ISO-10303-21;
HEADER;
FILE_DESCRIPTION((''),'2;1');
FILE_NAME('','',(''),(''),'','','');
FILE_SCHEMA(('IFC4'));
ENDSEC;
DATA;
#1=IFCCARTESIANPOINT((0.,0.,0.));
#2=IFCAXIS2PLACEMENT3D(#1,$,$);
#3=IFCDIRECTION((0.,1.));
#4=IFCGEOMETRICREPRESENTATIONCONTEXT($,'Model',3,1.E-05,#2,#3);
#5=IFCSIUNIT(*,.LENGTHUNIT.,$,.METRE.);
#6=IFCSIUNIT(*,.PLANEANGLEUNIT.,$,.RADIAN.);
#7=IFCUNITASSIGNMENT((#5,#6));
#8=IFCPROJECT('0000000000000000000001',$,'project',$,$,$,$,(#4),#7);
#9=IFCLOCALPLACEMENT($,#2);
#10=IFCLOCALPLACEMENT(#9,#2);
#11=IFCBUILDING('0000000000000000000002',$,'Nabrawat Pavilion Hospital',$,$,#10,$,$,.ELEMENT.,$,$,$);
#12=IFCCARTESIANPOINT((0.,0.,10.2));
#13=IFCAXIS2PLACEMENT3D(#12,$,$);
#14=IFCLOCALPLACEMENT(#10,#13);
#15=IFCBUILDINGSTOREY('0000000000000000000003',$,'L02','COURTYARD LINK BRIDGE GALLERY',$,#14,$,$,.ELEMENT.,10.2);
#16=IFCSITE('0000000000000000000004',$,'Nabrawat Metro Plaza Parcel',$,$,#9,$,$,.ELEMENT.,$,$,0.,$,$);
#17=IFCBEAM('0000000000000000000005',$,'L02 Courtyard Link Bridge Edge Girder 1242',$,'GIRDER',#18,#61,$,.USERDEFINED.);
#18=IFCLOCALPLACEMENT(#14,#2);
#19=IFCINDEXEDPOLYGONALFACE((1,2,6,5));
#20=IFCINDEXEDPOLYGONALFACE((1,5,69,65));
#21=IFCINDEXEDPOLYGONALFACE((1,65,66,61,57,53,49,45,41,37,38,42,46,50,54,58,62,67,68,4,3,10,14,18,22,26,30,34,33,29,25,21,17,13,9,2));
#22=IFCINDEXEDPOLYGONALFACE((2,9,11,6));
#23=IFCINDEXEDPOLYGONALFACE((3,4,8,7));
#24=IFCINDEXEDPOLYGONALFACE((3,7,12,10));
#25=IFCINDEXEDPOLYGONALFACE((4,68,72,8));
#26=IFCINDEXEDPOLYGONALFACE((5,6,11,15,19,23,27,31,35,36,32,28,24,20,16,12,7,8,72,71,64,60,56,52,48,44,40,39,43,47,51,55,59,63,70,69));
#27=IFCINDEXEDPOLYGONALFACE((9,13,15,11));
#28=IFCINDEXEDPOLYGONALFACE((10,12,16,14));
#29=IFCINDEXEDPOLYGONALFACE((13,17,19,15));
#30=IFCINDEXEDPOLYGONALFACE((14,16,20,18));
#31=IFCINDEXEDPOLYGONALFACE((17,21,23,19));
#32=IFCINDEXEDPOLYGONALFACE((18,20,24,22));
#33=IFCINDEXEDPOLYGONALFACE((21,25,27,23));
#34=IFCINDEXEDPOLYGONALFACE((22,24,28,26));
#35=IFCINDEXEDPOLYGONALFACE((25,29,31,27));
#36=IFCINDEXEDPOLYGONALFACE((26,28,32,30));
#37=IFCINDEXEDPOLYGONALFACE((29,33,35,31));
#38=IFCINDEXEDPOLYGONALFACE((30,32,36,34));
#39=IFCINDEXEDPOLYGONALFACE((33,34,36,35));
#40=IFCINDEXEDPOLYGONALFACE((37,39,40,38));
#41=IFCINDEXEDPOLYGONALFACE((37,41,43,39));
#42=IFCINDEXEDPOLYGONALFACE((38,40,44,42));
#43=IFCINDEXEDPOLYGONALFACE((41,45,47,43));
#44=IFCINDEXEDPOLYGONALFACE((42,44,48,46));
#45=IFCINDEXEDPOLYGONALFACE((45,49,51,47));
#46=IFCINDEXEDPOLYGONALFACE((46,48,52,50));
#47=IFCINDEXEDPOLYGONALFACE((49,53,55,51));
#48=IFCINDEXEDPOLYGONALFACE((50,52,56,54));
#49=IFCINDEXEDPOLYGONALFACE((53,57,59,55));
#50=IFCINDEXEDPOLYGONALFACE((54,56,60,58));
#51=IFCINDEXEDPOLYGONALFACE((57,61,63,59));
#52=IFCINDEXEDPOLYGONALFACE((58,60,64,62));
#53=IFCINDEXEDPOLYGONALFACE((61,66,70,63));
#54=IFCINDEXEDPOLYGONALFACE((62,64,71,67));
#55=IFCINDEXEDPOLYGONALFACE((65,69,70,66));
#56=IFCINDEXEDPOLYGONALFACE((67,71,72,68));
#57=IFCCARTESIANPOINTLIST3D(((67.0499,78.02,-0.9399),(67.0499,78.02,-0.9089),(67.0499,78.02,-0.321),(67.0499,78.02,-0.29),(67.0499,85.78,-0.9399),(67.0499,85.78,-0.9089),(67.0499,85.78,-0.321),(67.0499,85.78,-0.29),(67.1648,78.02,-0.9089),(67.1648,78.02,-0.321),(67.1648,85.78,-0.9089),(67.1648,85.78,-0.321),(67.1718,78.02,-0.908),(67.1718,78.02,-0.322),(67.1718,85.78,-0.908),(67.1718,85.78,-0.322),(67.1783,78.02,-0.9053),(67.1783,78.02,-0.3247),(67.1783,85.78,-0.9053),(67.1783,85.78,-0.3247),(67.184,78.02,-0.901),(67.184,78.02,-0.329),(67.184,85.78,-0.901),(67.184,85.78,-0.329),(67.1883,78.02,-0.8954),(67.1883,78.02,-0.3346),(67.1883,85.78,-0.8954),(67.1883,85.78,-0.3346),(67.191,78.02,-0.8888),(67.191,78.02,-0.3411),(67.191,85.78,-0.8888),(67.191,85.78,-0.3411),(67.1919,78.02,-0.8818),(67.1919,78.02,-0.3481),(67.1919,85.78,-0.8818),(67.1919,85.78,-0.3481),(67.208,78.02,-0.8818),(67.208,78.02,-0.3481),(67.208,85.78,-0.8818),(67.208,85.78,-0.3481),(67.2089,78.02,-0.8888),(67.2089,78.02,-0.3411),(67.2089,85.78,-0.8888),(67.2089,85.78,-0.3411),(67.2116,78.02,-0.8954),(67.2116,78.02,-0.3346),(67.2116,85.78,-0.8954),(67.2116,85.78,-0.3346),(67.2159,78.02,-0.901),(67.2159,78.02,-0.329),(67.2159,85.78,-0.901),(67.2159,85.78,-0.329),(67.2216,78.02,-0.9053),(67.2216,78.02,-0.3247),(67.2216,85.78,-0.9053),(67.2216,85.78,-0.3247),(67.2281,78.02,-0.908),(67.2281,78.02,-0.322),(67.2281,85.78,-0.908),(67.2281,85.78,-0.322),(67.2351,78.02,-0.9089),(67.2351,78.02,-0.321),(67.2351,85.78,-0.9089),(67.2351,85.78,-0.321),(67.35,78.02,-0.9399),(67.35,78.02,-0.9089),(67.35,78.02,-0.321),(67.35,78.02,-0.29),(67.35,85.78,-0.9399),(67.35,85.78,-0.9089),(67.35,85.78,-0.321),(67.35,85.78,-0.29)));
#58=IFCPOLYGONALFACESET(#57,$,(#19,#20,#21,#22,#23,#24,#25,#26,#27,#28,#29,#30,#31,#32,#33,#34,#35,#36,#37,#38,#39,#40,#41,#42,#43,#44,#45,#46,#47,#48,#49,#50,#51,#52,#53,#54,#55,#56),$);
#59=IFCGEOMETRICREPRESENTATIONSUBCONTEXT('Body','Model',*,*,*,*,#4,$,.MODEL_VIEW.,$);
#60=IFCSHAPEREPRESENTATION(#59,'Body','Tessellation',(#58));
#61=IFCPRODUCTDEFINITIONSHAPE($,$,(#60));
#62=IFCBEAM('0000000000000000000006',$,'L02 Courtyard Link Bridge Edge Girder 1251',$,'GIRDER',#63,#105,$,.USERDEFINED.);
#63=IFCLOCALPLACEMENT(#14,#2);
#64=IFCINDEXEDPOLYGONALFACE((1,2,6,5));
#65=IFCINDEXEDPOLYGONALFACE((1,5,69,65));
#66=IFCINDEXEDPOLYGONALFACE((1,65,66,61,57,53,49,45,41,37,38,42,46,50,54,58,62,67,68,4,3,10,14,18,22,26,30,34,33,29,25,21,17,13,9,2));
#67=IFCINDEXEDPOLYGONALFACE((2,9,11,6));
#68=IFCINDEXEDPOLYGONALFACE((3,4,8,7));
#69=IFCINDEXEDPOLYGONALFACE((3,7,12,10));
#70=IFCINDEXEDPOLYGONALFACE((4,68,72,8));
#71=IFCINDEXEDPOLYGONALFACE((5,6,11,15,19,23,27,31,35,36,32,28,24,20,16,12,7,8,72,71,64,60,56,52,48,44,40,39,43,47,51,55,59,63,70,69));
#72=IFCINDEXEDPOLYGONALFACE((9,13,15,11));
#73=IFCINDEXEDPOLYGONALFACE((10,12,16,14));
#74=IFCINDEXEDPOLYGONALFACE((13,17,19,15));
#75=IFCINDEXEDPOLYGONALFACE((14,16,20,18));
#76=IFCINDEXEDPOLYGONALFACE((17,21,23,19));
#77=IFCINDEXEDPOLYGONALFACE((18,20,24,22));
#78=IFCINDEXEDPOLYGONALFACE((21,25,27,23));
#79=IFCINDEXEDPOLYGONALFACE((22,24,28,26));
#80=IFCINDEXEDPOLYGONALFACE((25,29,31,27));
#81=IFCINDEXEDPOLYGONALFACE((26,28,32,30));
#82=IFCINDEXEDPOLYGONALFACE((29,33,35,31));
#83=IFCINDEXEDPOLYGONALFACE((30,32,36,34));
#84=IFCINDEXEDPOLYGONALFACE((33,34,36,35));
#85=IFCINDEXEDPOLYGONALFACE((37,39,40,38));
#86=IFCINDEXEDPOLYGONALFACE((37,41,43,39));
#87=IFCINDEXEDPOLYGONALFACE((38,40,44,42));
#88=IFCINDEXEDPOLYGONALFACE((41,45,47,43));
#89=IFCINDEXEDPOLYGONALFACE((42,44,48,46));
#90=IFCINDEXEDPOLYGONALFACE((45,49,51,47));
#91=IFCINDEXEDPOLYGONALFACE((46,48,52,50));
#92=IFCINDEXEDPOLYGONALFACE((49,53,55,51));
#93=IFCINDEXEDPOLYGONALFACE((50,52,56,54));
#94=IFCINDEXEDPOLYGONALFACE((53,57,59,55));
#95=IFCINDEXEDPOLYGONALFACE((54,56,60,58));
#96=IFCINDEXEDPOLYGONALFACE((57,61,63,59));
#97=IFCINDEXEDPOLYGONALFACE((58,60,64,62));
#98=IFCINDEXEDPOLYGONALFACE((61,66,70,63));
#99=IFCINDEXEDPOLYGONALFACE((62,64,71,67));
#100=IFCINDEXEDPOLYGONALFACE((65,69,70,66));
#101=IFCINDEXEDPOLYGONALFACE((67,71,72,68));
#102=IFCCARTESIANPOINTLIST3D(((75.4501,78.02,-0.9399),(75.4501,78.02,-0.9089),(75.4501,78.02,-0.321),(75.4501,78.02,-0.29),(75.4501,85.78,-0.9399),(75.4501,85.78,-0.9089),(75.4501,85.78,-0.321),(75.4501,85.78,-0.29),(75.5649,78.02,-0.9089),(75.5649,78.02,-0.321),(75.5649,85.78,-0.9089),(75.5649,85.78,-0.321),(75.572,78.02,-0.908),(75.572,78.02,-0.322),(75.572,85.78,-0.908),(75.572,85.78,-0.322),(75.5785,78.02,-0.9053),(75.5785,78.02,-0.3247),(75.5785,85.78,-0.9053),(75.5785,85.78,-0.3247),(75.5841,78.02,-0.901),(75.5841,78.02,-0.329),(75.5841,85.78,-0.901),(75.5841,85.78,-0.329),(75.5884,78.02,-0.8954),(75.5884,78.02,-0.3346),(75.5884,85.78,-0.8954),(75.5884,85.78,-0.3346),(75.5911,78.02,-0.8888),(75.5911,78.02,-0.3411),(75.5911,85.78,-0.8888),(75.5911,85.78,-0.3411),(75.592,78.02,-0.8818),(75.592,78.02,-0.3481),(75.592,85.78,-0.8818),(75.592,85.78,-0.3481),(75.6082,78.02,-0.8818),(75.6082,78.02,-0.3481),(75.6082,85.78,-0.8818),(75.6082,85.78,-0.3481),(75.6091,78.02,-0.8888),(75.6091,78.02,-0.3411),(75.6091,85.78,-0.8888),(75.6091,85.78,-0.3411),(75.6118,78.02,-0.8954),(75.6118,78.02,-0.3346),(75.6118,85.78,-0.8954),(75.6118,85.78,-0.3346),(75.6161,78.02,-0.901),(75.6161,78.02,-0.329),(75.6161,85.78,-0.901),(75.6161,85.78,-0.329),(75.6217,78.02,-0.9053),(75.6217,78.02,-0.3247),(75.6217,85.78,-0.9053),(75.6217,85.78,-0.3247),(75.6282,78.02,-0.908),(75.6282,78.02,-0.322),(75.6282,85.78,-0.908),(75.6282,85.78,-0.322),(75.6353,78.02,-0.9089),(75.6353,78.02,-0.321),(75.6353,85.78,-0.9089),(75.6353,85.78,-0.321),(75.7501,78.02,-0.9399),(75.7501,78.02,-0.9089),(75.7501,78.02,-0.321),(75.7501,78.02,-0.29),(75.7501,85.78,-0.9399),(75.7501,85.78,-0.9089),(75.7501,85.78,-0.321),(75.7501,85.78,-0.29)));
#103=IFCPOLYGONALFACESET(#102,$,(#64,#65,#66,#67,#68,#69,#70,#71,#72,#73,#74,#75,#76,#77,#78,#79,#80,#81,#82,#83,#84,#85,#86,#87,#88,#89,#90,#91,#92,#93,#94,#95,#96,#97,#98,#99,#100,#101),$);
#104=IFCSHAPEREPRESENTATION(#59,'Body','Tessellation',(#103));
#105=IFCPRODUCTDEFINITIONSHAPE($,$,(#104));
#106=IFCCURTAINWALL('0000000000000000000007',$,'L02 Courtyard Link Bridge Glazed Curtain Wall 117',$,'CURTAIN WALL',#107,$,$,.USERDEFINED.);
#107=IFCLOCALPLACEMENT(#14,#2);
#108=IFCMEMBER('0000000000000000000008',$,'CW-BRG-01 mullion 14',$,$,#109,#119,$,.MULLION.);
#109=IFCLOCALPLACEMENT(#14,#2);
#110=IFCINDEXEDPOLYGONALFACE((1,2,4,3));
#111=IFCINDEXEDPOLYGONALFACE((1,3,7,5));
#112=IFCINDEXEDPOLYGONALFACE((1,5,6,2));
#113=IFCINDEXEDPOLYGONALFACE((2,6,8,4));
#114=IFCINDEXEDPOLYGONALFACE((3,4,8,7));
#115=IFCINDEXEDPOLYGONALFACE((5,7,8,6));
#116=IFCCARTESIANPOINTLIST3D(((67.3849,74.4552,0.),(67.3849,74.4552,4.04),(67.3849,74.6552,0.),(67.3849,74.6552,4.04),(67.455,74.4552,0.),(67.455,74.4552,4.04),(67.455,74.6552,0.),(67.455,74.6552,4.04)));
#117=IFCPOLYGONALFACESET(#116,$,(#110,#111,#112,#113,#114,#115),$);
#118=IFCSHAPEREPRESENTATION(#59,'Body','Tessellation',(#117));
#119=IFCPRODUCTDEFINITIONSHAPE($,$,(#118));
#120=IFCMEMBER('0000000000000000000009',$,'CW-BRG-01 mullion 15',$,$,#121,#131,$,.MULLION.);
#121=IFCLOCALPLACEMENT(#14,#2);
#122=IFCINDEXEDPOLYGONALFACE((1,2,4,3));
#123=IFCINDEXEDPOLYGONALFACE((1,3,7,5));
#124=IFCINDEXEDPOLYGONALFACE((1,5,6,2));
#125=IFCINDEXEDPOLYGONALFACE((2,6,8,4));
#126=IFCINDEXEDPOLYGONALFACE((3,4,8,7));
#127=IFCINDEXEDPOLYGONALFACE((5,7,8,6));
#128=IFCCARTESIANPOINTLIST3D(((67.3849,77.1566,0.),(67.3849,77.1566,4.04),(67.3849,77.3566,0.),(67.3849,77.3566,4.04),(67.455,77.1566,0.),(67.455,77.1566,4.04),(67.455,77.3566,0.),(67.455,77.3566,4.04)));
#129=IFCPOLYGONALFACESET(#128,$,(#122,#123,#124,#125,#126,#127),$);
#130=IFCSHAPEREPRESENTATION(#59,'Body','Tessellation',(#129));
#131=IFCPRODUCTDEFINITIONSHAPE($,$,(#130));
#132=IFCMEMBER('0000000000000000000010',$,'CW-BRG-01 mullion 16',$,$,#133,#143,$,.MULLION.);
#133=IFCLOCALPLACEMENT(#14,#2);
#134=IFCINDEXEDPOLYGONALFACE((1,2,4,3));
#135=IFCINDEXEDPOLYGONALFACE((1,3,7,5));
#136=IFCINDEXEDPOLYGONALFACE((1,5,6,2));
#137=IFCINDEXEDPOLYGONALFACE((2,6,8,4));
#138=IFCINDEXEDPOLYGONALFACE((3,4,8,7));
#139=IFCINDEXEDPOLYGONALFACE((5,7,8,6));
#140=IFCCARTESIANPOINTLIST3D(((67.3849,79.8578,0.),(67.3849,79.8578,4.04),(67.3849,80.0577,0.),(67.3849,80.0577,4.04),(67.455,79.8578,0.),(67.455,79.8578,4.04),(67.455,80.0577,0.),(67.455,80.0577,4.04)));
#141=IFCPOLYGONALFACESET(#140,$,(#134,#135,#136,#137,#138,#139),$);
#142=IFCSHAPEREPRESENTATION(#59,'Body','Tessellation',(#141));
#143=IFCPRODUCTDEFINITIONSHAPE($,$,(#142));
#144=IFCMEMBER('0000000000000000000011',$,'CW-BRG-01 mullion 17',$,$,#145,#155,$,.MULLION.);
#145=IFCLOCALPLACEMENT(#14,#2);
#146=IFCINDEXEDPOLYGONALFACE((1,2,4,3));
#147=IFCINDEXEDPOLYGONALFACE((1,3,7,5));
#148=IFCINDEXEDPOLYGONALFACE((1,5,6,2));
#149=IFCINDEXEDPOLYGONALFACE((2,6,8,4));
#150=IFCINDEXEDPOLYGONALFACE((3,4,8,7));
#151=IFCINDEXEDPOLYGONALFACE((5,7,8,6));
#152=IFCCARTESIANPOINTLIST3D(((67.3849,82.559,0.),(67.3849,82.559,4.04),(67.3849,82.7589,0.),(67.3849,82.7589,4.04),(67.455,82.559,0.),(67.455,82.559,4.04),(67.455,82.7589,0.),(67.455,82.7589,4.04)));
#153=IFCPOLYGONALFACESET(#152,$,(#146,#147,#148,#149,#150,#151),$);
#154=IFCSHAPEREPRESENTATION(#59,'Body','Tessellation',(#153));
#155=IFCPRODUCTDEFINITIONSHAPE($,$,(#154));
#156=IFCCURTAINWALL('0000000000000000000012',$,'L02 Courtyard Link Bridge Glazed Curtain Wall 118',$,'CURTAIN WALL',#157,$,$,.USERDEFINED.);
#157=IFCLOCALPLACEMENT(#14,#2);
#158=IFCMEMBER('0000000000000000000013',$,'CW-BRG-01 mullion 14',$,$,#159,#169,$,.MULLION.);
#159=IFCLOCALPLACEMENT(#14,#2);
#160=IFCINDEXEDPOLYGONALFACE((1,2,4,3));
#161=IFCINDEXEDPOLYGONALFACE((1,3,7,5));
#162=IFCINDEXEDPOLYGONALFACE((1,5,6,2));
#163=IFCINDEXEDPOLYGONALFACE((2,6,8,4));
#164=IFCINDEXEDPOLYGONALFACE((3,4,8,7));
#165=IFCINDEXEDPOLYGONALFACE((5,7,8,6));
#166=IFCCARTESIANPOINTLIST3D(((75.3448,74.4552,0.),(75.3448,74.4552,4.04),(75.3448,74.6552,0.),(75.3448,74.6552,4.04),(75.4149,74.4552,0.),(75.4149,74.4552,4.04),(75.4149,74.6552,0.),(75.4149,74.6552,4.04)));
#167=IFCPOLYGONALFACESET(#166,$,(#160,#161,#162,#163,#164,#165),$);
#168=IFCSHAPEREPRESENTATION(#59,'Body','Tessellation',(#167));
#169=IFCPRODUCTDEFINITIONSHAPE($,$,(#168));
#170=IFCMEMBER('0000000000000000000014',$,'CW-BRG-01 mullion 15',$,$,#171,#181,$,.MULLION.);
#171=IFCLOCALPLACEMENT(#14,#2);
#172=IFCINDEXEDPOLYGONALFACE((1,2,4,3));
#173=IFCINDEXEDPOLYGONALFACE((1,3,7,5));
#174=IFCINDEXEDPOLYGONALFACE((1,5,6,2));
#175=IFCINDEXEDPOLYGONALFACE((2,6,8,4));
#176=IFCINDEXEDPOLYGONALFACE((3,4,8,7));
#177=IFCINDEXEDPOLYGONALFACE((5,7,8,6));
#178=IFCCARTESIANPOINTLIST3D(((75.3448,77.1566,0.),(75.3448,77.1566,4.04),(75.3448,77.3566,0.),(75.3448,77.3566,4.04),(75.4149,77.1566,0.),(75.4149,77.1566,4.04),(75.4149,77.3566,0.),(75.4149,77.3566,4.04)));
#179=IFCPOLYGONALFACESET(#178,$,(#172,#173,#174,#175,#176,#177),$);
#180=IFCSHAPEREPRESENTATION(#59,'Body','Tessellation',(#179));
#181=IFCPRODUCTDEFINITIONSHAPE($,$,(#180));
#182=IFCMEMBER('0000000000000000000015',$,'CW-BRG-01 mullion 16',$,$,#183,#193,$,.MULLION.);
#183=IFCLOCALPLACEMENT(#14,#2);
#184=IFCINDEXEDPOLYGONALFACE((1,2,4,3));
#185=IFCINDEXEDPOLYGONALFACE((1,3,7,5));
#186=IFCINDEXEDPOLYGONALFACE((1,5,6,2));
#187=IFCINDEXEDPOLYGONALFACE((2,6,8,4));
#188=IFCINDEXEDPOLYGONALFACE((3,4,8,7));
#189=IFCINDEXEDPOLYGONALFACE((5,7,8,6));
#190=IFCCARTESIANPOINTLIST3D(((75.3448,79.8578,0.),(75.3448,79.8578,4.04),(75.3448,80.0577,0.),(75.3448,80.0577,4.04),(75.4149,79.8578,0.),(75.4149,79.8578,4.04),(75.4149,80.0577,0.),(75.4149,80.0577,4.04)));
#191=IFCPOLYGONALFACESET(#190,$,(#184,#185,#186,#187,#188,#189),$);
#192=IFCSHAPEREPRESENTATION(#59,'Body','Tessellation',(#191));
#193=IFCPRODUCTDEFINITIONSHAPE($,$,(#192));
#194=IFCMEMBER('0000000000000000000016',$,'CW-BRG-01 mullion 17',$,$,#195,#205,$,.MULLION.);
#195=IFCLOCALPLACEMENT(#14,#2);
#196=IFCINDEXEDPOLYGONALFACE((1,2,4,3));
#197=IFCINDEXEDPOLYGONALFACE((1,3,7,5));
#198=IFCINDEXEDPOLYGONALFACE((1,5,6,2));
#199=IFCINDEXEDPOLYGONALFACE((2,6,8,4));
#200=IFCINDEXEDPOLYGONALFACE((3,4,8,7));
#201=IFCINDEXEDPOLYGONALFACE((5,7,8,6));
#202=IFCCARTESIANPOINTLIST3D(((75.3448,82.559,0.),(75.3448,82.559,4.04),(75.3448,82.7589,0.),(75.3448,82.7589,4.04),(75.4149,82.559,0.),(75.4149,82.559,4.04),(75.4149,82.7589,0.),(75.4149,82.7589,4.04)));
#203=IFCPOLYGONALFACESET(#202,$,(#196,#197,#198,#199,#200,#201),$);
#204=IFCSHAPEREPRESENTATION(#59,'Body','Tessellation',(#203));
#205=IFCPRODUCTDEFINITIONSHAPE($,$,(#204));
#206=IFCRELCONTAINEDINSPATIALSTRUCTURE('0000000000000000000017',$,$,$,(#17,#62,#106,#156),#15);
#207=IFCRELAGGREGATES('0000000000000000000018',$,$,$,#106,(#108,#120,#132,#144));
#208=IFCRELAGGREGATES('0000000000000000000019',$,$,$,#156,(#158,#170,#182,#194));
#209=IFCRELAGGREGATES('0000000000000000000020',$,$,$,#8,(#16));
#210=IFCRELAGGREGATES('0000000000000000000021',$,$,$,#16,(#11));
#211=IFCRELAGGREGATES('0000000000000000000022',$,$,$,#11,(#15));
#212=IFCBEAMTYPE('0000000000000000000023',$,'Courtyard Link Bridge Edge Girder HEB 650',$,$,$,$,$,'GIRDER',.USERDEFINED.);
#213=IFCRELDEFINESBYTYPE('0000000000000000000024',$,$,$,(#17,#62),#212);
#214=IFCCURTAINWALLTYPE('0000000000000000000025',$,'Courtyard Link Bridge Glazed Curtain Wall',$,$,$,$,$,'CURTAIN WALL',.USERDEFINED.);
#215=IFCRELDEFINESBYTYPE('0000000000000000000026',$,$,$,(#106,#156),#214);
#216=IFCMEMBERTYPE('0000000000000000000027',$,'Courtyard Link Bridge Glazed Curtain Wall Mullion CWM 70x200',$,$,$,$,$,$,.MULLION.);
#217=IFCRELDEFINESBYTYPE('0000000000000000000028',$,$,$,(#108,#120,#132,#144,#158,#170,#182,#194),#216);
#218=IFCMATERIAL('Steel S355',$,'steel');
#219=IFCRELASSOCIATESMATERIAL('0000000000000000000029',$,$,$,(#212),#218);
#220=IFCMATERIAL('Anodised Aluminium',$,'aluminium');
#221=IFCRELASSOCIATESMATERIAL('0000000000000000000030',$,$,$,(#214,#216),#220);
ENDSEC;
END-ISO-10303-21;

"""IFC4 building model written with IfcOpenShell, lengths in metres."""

from ifc_helpers import new_model, si_unit, direction, frame, origin, origin_2d, place, context, subcontext, project, spatial, rectangle, i_section, extrude, material, material_profile, profile_set, type_object, element, aggregate, save


model = new_model("IFC4")

# Units and contexts
model_context = context("Model", 3, precision=1e-05, world=origin(), true_north=direction((0.0, 1.0)))
body_context = subcontext(model_context, "Body", "Model", "MODEL_VIEW")
ifc_project = project(units=[si_unit("LENGTHUNIT", "METRE"), si_unit("PLANEANGLEUNIT", "RADIAN")], contexts=[model_context])

# Site, building, storey
site_placement = place(None, origin())
site = spatial("IfcSite", under=ifc_project, at=site_placement, Name="Nabrawat Metro Plaza Parcel", CompositionType="ELEMENT", RefElevation=0.0)
building_placement = place(site_placement, origin())
building = spatial("IfcBuilding", under=site, at=building_placement, Name="Nabrawat Pavilion Hospital", CompositionType="ELEMENT")
storey_placement = place(building_placement, frame((0.0, 0.0, 10.2)))
storey = spatial("IfcBuildingStorey", under=building, at=storey_placement, Name="L02", Description="COURTYARD LINK BRIDGE GALLERY", CompositionType="ELEMENT", Elevation=10.2)

# Beams
ifc_material_1 = material(Name="Steel S355", Category="steel")
ifc_material_profile_1 = material_profile(ifc_material_1, i_section(OverallWidth=0.3, OverallDepth=0.6499, WebThickness=0.0161, FlangeThickness=0.031, FilletRadius=0.0271, at=origin_2d()), Name="HEB 650")
ifc_profile_set_1 = profile_set([ifc_material_profile_1], Name="Steel S355")
beam_type_1 = type_object("IfcBeamType", Name="Courtyard Link Bridge Edge Girder HEB 650", ElementType="GIRDER", PredefinedType="USERDEFINED", material=ifc_profile_set_1)
for number, where, z_axis, x_axis, name in (
    (1, (67.2, 78.02, -0.615), (0.0, 1.0, 0.0), (-1.0, 0.0, 0.0), "L02 Courtyard Link Bridge Edge Girder 1242"),
    (2, (75.6001, 78.02, -0.615), (0.0, 1.0, 0.0), (-1.0, 0.0, 0.0), "L02 Courtyard Link Bridge Edge Girder 1251"),
):
    element("IfcBeam", number, at=place(storey_placement, frame(where, z_axis=z_axis, x_axis=x_axis)), inside=storey, type_object=beam_type_1, Name=name, ObjectType="GIRDER", PredefinedType="USERDEFINED", context=body_context, shape_type="SweptSolid", body=[
        extrude(i_section(OverallWidth=0.3, OverallDepth=0.6499, WebThickness=0.0161, FlangeThickness=0.031, FilletRadius=0.0271, at=origin_2d()), origin(), (0.0, 0.0, 1.0), 7.76),
    ])

# Curtain walls, members
ifc_material_2 = material(Name="Anodised Aluminium", Category="aluminium")
curtain_wall_type = type_object("IfcCurtainWallType", Name="Courtyard Link Bridge Glazed Curtain Wall", ElementType="CURTAIN WALL", PredefinedType="USERDEFINED", material=ifc_material_2)
curtain_wall_1_placement = place(storey_placement, origin())
curtain_wall_1 = element("IfcCurtainWall", 3, at=curtain_wall_1_placement, inside=storey, type_object=curtain_wall_type, Name="L02 Courtyard Link Bridge Glazed Curtain Wall 117", ObjectType="CURTAIN WALL", PredefinedType="USERDEFINED")
ifc_material_profile_2 = material_profile(ifc_material_2, rectangle(XDim=0.0701, YDim=0.2, at=origin_2d()), Name="CWM 70x200")
ifc_profile_set_2 = profile_set([ifc_material_profile_2], Name="Anodised Aluminium")
member_type_1 = type_object("IfcMemberType", Name="Courtyard Link Bridge Glazed Curtain Wall Mullion CWM 70x200", PredefinedType="MULLION", material=ifc_profile_set_2)
member_1_placement = place(storey_placement, frame((67.4199, 74.5552, 0.0), z_axis=(0.0, 0.0, 1.0), x_axis=(-1.0, 0.0, 0.0)))
member_1 = element("IfcMember", 4, at=member_1_placement, type_object=member_type_1, Name="CW-BRG-01 mullion 14", PredefinedType="MULLION", context=body_context, shape_type="SweptSolid", body=[
    extrude(rectangle(XDim=0.0701, YDim=0.2, at=origin_2d()), origin(), (0.0, 0.0, 1.0), 4.04),
])
member_2_placement = place(storey_placement, frame((67.4199, 77.2566, 0.0), z_axis=(0.0, 0.0, 1.0), x_axis=(-1.0, 0.0, 0.0)))
member_2 = element("IfcMember", 5, at=member_2_placement, type_object=member_type_1, Name="CW-BRG-01 mullion 15", PredefinedType="MULLION", context=body_context, shape_type="SweptSolid", body=[
    extrude(rectangle(XDim=0.0701, YDim=0.2, at=origin_2d()), origin(), (0.0, 0.0, 1.0), 4.04),
])
member_3_placement = place(storey_placement, frame((67.4199, 79.9578, 0.0), z_axis=(0.0, 0.0, 1.0), x_axis=(-1.0, 0.0, 0.0)))
member_3 = element("IfcMember", 6, at=member_3_placement, type_object=member_type_1, Name="CW-BRG-01 mullion 16", PredefinedType="MULLION", context=body_context, shape_type="SweptSolid", body=[
    extrude(rectangle(XDim=0.0701, YDim=0.2, at=origin_2d()), origin(), (0.0, 0.0, 1.0), 4.04),
])
member_4_placement = place(storey_placement, frame((67.4199, 82.6589, 0.0), z_axis=(0.0, 0.0, 1.0), x_axis=(-1.0, 0.0, 0.0)))
member_4 = element("IfcMember", 7, at=member_4_placement, type_object=member_type_1, Name="CW-BRG-01 mullion 17", PredefinedType="MULLION", context=body_context, shape_type="SweptSolid", body=[
    extrude(rectangle(XDim=0.0701, YDim=0.2, at=origin_2d()), origin(), (0.0, 0.0, 1.0), 4.04),
])
curtain_wall_2_placement = place(storey_placement, origin())
curtain_wall_2 = element("IfcCurtainWall", 8, at=curtain_wall_2_placement, inside=storey, type_object=curtain_wall_type, Name="L02 Courtyard Link Bridge Glazed Curtain Wall 118", ObjectType="CURTAIN WALL", PredefinedType="USERDEFINED")
member_5_placement = place(storey_placement, frame((75.3799, 74.5552, 0.0), z_axis=(0.0, 0.0, 1.0), x_axis=(-1.0, 0.0, 0.0)))
member_5 = element("IfcMember", 9, at=member_5_placement, type_object=member_type_1, Name="CW-BRG-01 mullion 14", PredefinedType="MULLION", context=body_context, shape_type="SweptSolid", body=[
    extrude(rectangle(XDim=0.0701, YDim=0.2, at=origin_2d()), origin(), (0.0, 0.0, 1.0), 4.04),
])
member_6_placement = place(storey_placement, frame((75.3799, 77.2566, 0.0), z_axis=(0.0, 0.0, 1.0), x_axis=(-1.0, 0.0, 0.0)))
member_6 = element("IfcMember", 10, at=member_6_placement, type_object=member_type_1, Name="CW-BRG-01 mullion 15", PredefinedType="MULLION", context=body_context, shape_type="SweptSolid", body=[
    extrude(rectangle(XDim=0.0701, YDim=0.2, at=origin_2d()), origin(), (0.0, 0.0, 1.0), 4.04),
])
member_7_placement = place(storey_placement, frame((75.3799, 79.9578, 0.0), z_axis=(0.0, 0.0, 1.0), x_axis=(-1.0, 0.0, 0.0)))
member_7 = element("IfcMember", 11, at=member_7_placement, type_object=member_type_1, Name="CW-BRG-01 mullion 16", PredefinedType="MULLION", context=body_context, shape_type="SweptSolid", body=[
    extrude(rectangle(XDim=0.0701, YDim=0.2, at=origin_2d()), origin(), (0.0, 0.0, 1.0), 4.04),
])
member_8_placement = place(storey_placement, frame((75.3799, 82.6589, 0.0), z_axis=(0.0, 0.0, 1.0), x_axis=(-1.0, 0.0, 0.0)))
member_8 = element("IfcMember", 12, at=member_8_placement, type_object=member_type_1, Name="CW-BRG-01 mullion 17", PredefinedType="MULLION", context=body_context, shape_type="SweptSolid", body=[
    extrude(rectangle(XDim=0.0701, YDim=0.2, at=origin_2d()), origin(), (0.0, 0.0, 1.0), 4.04),
])

aggregate(curtain_wall_1, [member_1, member_2, member_3, member_4])
aggregate(curtain_wall_2, [member_5, member_6, member_7, member_8])

save(model, "model.ifc")
